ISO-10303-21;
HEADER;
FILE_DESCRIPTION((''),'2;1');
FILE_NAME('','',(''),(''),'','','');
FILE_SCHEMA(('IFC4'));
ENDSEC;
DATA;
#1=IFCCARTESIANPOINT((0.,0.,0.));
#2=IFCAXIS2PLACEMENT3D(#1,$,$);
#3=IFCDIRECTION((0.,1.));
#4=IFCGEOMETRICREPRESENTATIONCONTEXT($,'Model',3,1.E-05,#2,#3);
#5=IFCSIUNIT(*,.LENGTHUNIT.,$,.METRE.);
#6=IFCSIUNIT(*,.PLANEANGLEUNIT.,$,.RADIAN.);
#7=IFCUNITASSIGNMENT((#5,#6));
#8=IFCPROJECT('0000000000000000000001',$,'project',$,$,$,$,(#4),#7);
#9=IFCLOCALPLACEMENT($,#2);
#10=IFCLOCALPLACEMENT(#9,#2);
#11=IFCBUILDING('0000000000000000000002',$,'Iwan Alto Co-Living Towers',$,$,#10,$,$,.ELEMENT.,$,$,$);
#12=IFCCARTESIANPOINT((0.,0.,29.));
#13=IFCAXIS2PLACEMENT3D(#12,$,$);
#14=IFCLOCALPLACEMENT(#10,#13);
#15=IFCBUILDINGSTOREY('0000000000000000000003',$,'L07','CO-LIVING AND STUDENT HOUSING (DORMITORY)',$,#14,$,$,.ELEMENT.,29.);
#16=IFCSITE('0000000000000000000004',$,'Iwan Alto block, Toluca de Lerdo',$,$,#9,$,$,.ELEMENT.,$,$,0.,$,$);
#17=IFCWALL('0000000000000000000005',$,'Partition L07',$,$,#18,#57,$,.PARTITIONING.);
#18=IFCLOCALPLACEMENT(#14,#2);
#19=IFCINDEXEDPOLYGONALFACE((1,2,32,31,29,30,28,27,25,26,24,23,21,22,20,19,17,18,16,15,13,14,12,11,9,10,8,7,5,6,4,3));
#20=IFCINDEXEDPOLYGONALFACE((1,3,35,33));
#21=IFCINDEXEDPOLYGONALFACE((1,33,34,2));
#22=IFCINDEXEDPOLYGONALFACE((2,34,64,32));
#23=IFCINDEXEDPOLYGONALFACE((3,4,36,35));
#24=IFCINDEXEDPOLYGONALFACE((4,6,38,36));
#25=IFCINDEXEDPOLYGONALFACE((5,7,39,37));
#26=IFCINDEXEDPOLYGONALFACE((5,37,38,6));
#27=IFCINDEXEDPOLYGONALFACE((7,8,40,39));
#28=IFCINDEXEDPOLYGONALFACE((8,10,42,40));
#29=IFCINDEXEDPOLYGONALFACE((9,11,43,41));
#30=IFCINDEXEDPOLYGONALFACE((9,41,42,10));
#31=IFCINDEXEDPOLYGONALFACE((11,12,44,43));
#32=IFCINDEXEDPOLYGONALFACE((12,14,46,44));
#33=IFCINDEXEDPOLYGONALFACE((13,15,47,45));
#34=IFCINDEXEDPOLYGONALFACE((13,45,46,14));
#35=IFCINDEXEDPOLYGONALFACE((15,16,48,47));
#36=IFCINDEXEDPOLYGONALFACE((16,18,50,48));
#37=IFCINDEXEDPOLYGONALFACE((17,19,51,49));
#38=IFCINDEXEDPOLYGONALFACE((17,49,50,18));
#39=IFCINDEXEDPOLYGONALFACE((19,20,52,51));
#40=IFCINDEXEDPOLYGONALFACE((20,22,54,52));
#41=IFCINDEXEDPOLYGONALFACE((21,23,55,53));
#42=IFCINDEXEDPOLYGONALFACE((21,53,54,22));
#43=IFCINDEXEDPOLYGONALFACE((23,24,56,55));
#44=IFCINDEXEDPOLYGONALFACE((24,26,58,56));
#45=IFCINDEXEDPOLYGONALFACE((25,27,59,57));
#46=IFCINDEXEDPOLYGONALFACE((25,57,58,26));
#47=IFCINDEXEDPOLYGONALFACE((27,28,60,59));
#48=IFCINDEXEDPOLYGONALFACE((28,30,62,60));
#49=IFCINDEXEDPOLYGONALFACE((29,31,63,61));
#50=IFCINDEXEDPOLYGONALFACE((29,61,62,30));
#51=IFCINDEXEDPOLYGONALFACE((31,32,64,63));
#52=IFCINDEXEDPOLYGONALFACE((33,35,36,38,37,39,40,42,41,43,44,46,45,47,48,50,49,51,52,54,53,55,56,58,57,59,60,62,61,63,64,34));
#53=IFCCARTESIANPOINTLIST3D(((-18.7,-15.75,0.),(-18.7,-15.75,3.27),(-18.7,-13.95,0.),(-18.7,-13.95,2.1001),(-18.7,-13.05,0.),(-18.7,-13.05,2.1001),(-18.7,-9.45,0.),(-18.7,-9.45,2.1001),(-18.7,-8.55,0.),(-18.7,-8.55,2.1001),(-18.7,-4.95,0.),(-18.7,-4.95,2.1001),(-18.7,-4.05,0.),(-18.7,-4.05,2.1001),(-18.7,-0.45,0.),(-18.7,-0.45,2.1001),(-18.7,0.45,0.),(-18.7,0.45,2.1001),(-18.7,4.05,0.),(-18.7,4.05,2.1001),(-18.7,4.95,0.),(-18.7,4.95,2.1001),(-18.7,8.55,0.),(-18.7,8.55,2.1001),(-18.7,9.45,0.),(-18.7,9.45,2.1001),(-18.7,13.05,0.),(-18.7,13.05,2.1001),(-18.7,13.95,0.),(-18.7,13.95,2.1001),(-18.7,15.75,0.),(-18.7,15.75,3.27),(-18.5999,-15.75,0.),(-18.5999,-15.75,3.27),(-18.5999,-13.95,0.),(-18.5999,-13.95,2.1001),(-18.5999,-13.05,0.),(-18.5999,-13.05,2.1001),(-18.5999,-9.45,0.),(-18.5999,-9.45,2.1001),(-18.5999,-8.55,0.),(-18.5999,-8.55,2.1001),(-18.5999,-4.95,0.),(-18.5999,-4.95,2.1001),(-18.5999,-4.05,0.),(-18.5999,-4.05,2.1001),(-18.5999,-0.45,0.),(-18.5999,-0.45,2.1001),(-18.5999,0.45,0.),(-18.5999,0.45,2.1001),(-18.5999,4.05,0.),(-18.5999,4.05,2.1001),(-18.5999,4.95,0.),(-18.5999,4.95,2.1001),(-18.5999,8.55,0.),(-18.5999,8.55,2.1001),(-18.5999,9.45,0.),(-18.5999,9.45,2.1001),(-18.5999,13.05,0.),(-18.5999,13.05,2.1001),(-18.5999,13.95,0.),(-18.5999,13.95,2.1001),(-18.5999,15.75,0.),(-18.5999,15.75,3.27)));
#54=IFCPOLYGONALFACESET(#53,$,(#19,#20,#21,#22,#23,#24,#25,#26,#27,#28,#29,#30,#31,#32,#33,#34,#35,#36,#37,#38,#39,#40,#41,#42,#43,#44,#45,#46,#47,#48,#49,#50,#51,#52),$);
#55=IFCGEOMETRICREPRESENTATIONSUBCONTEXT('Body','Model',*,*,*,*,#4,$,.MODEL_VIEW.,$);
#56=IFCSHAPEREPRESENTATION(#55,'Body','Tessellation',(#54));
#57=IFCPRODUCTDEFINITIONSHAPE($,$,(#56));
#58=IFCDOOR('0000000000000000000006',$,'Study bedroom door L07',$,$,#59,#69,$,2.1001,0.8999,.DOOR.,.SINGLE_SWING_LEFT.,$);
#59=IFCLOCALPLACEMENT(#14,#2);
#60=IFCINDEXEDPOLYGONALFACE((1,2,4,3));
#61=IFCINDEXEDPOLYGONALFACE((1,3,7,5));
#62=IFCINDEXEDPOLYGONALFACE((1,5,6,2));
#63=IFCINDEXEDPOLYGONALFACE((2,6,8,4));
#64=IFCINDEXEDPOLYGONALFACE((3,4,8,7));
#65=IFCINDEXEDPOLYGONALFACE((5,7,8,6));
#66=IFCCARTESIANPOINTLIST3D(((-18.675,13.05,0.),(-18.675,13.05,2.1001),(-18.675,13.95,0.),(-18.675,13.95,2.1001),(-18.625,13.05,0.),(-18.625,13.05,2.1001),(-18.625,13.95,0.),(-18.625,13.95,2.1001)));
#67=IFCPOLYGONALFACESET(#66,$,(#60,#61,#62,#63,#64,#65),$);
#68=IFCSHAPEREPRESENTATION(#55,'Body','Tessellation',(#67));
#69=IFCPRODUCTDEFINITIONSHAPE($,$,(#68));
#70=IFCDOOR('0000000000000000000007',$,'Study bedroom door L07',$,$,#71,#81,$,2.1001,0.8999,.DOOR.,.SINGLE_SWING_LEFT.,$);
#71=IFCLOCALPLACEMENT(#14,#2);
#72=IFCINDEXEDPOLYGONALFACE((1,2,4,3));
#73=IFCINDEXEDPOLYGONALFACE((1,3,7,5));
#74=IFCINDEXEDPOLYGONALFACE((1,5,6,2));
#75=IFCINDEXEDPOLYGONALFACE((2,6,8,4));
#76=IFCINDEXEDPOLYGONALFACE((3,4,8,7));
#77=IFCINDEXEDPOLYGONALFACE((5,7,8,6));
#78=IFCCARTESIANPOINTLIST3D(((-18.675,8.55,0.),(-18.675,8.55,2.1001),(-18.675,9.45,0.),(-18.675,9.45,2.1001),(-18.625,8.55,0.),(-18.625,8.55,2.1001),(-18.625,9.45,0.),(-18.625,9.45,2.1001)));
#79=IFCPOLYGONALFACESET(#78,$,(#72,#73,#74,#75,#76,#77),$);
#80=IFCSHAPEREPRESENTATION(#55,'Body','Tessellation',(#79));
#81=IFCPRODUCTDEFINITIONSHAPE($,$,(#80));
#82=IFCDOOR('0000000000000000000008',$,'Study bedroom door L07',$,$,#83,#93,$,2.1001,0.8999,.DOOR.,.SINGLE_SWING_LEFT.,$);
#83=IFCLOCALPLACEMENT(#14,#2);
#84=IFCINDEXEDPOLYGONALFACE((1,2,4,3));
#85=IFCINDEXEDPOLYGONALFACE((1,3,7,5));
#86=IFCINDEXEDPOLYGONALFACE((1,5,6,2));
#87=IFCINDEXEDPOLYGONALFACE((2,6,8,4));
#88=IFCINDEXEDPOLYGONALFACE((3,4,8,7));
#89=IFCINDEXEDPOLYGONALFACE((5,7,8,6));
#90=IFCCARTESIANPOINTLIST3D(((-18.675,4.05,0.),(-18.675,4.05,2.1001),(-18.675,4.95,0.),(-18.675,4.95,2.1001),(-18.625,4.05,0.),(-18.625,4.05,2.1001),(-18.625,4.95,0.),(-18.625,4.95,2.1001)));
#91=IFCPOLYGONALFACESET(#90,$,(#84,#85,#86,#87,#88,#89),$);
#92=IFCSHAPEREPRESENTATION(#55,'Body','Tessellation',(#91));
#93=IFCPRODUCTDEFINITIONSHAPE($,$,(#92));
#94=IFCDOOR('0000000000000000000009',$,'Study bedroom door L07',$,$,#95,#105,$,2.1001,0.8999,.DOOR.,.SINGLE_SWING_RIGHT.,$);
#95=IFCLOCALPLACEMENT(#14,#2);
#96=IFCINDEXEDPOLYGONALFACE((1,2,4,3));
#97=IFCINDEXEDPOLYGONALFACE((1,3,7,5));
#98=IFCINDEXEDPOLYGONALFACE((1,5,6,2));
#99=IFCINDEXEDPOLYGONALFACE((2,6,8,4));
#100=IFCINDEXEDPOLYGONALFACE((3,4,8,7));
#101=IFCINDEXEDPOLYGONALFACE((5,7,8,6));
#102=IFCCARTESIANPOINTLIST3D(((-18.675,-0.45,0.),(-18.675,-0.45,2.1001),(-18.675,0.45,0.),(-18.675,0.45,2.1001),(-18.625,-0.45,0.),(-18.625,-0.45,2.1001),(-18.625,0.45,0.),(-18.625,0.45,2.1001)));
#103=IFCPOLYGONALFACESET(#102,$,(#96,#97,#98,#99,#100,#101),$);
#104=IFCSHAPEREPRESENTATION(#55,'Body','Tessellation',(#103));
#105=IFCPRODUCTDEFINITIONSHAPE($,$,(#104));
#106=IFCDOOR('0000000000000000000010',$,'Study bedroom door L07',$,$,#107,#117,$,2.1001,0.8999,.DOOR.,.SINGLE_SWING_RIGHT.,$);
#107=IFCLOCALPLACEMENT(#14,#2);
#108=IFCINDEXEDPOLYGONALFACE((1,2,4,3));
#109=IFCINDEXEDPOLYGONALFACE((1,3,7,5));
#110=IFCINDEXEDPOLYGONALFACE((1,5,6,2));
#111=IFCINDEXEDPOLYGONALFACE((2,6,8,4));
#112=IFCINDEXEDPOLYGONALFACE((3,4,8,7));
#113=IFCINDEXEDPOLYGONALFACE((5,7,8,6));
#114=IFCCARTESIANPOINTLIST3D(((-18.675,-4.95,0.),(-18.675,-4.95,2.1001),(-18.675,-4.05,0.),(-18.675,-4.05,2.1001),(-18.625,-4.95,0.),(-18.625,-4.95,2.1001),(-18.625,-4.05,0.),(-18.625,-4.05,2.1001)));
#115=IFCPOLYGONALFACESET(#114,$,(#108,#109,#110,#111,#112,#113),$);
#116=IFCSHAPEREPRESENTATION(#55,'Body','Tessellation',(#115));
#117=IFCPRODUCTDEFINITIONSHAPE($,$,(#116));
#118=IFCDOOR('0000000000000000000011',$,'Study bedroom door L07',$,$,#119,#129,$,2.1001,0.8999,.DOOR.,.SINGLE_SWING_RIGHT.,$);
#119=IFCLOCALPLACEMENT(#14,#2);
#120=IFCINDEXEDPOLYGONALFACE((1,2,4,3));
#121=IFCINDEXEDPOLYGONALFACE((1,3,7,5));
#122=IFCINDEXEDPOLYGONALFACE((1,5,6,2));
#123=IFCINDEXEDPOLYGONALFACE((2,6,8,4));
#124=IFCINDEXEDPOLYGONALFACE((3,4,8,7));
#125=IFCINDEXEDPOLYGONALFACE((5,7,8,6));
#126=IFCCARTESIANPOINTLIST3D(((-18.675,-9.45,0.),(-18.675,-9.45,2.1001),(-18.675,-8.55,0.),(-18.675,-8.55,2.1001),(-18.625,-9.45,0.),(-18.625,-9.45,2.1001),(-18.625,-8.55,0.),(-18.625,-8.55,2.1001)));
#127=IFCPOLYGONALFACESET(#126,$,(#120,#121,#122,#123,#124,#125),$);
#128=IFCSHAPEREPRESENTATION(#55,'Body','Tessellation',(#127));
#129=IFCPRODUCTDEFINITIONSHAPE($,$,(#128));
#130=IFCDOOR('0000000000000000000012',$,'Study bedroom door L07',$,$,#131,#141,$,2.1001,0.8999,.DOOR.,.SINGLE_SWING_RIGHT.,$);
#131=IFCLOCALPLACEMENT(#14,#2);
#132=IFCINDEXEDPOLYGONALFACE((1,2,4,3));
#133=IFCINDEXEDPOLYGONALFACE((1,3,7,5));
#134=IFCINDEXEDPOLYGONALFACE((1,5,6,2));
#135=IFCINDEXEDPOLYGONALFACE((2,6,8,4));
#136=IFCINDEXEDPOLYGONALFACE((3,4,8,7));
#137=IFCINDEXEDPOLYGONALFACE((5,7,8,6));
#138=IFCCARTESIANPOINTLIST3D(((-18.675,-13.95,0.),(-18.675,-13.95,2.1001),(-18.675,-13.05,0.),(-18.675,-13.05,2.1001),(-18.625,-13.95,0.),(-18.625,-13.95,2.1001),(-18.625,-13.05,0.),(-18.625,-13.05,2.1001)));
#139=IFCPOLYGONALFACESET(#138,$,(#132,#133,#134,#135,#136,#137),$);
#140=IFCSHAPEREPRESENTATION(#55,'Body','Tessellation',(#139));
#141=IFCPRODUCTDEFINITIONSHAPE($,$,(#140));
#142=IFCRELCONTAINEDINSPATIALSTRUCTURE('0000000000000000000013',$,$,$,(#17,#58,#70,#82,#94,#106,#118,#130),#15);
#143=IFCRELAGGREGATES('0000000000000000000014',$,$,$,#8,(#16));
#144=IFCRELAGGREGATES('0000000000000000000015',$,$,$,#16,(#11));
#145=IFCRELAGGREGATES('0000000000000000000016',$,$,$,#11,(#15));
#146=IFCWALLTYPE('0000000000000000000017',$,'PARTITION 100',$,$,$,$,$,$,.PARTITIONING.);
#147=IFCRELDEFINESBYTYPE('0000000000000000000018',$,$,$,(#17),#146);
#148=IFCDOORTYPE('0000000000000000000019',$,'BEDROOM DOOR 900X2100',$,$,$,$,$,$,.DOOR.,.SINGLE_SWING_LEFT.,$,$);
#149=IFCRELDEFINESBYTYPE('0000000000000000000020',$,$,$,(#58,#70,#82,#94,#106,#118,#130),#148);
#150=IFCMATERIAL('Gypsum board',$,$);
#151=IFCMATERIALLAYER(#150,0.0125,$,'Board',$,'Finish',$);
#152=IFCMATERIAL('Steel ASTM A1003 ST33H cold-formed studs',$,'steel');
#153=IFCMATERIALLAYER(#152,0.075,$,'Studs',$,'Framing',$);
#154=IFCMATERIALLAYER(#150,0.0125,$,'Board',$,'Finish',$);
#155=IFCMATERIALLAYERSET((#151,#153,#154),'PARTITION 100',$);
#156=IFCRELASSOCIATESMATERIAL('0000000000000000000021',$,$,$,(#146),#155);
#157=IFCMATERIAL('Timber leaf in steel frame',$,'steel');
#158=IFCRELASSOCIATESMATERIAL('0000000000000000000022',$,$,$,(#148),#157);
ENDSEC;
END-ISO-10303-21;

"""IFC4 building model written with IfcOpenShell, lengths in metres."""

from ifc_helpers import new_model, si_unit, direction, frame, frame_2d, origin, place, context, subcontext, project, spatial, rectangle, extrude, material, layer, layer_set, type_object, element, fill, save


model = new_model("IFC4")

# Units and contexts
model_context = context("Model", 3, precision=1e-05, world=origin(), true_north=direction((0.0, 1.0)))
body_context = subcontext(model_context, "Body", "Model", "MODEL_VIEW")
ifc_project = project(units=[si_unit("LENGTHUNIT", "METRE"), si_unit("PLANEANGLEUNIT", "RADIAN")], contexts=[model_context])

# Site, building, storey
site_placement = place(None, origin())
site = spatial("IfcSite", under=ifc_project, at=site_placement, Name="Iwan Alto block, Toluca de Lerdo", CompositionType="ELEMENT", RefElevation=0.0)
building_placement = place(site_placement, origin())
building = spatial("IfcBuilding", under=site, at=building_placement, Name="Iwan Alto Co-Living Towers", CompositionType="ELEMENT")
storey_placement = place(building_placement, frame((0.0, 0.0, 29.0)))
storey = spatial("IfcBuildingStorey", under=building, at=storey_placement, Name="L07", Description="CO-LIVING AND STUDENT HOUSING (DORMITORY)", CompositionType="ELEMENT", Elevation=29.0)

# Shared definitions
ifc_material_1 = material(Name="Gypsum board")
ifc_layer_1 = layer(ifc_material_1, 0.0125, Name="Board", Category="Finish")
ifc_material_2 = material(Name="Steel ASTM A1003 ST33H cold-formed studs", Category="steel")
ifc_layer_2 = layer(ifc_material_2, 0.075, Name="Studs", Category="Framing")
ifc_layer_3 = layer(ifc_material_1, 0.0125, Name="Board", Category="Finish")
ifc_layer_set = layer_set([ifc_layer_1, ifc_layer_2, ifc_layer_3], Name="PARTITION 100")
wall_type = type_object("IfcWallType", Name="PARTITION 100", PredefinedType="PARTITIONING", material=ifc_layer_set)
ifc_material_3 = material(Name="Timber leaf in steel frame", Category="steel")
door_type_1 = type_object("IfcDoorType", Name="BEDROOM DOOR 900X2100", OperationType="SINGLE_SWING_LEFT", PredefinedType="DOOR", material=ifc_material_3)

# Wall, openings, doors
wall_1_placement = place(storey_placement, frame((-18.6499, -15.75, 0.0), z_axis=(0.0, 0.0, 1.0), x_axis=(0.0, 1.0, 0.0)))
wall_1 = element("IfcWall", 1, at=wall_1_placement, inside=storey, type_object=wall_type, Name="Partition L07", PredefinedType="PARTITIONING", context=body_context, shape_type="SweptSolid", body=[
    extrude(rectangle(XDim=31.5, YDim=0.1001, at=frame_2d((15.75, 0.0))), origin(), (0.0, 0.0, 1.0), 3.27),
])
opening_1_placement = place(wall_1_placement, frame((28.8, 0.0, 0.0)))
opening_1 = element("IfcOpeningElement", 2, at=opening_1_placement, cuts=wall_1, PredefinedType="OPENING", context=body_context, shape_type="SweptSolid", body=[
    extrude(rectangle(XDim=0.8999, YDim=2.1001, at=frame_2d((0.45, 1.05))), frame((0.0, 0.0601, 0.0), z_axis=(0.0, -1.0, 0.0), x_axis=(1.0, 0.0, 0.0)), (0.0, 0.0, 1.0), 0.1201),
])
opening_2_placement = place(wall_1_placement, frame((24.3, 0.0, 0.0)))
opening_2 = element("IfcOpeningElement", 3, at=opening_2_placement, cuts=wall_1, PredefinedType="OPENING", context=body_context, shape_type="SweptSolid", body=[
    extrude(rectangle(XDim=0.8999, YDim=2.1001, at=frame_2d((0.45, 1.05))), frame((0.0, 0.0601, 0.0), z_axis=(0.0, -1.0, 0.0), x_axis=(1.0, 0.0, 0.0)), (0.0, 0.0, 1.0), 0.1201),
])
opening_3_placement = place(wall_1_placement, frame((19.8, 0.0, 0.0)))
opening_3 = element("IfcOpeningElement", 4, at=opening_3_placement, cuts=wall_1, PredefinedType="OPENING", context=body_context, shape_type="SweptSolid", body=[
    extrude(rectangle(XDim=0.8999, YDim=2.1001, at=frame_2d((0.45, 1.05))), frame((0.0, 0.0601, 0.0), z_axis=(0.0, -1.0, 0.0), x_axis=(1.0, 0.0, 0.0)), (0.0, 0.0, 1.0), 0.1201),
])
opening_4_placement = place(wall_1_placement, frame((15.3, 0.0, 0.0)))
opening_4 = element("IfcOpeningElement", 5, at=opening_4_placement, cuts=wall_1, PredefinedType="OPENING", context=body_context, shape_type="SweptSolid", body=[
    extrude(rectangle(XDim=0.8999, YDim=2.1001, at=frame_2d((0.45, 1.05))), frame((0.0, 0.0601, 0.0), z_axis=(0.0, -1.0, 0.0), x_axis=(1.0, 0.0, 0.0)), (0.0, 0.0, 1.0), 0.1201),
])
opening_5_placement = place(wall_1_placement, frame((10.8, 0.0, 0.0)))
opening_5 = element("IfcOpeningElement", 6, at=opening_5_placement, cuts=wall_1, PredefinedType="OPENING", context=body_context, shape_type="SweptSolid", body=[
    extrude(rectangle(XDim=0.8999, YDim=2.1001, at=frame_2d((0.45, 1.05))), frame((0.0, 0.0601, 0.0), z_axis=(0.0, -1.0, 0.0), x_axis=(1.0, 0.0, 0.0)), (0.0, 0.0, 1.0), 0.1201),
])
opening_6_placement = place(wall_1_placement, frame((6.3, 0.0, 0.0)))
opening_6 = element("IfcOpeningElement", 7, at=opening_6_placement, cuts=wall_1, PredefinedType="OPENING", context=body_context, shape_type="SweptSolid", body=[
    extrude(rectangle(XDim=0.8999, YDim=2.1001, at=frame_2d((0.45, 1.05))), frame((0.0, 0.0601, 0.0), z_axis=(0.0, -1.0, 0.0), x_axis=(1.0, 0.0, 0.0)), (0.0, 0.0, 1.0), 0.1201),
])
opening_7_placement = place(wall_1_placement, frame((1.8, 0.0, 0.0)))
opening_7 = element("IfcOpeningElement", 8, at=opening_7_placement, cuts=wall_1, PredefinedType="OPENING", context=body_context, shape_type="SweptSolid", body=[
    extrude(rectangle(XDim=0.8999, YDim=2.1001, at=frame_2d((0.45, 1.05))), frame((0.0, 0.0601, 0.0), z_axis=(0.0, -1.0, 0.0), x_axis=(1.0, 0.0, 0.0)), (0.0, 0.0, 1.0), 0.1201),
])
door_1_placement = place(opening_1_placement, frame((0.8999, 0.0, 0.0), z_axis=(0.0, 0.0, 1.0), x_axis=(-1.0, 0.0, 0.0)))
door_1 = element("IfcDoor", 9, at=door_1_placement, inside=storey, type_object=door_type_1, Name="Study bedroom door L07", OperationType="SINGLE_SWING_LEFT", OverallHeight=2.1001, OverallWidth=0.8999, PredefinedType="DOOR", context=body_context, shape_type="SweptSolid", body=[
    extrude(rectangle(XDim=0.8999, YDim=2.1001, at=frame_2d((0.45, 1.05))), frame((0.0, 0.0249, 0.0), z_axis=(0.0, -1.0, 0.0), x_axis=(1.0, 0.0, 0.0)), (0.0, 0.0, 1.0), 0.05),
])
fill(opening_1, door_1)
door_2_placement = place(opening_2_placement, frame((0.8999, 0.0, 0.0), z_axis=(0.0, 0.0, 1.0), x_axis=(-1.0, 0.0, 0.0)))
door_2 = element("IfcDoor", 10, at=door_2_placement, inside=storey, type_object=door_type_1, Name="Study bedroom door L07", OperationType="SINGLE_SWING_LEFT", OverallHeight=2.1001, OverallWidth=0.8999, PredefinedType="DOOR", context=body_context, shape_type="SweptSolid", body=[
    extrude(rectangle(XDim=0.8999, YDim=2.1001, at=frame_2d((0.45, 1.05))), frame((0.0, 0.0249, 0.0), z_axis=(0.0, -1.0, 0.0), x_axis=(1.0, 0.0, 0.0)), (0.0, 0.0, 1.0), 0.05),
])
fill(opening_2, door_2)
door_3_placement = place(opening_3_placement, frame((0.8999, 0.0, 0.0), z_axis=(0.0, 0.0, 1.0), x_axis=(-1.0, 0.0, 0.0)))
door_3 = element("IfcDoor", 11, at=door_3_placement, inside=storey, type_object=door_type_1, Name="Study bedroom door L07", OperationType="SINGLE_SWING_LEFT", OverallHeight=2.1001, OverallWidth=0.8999, PredefinedType="DOOR", context=body_context, shape_type="SweptSolid", body=[
    extrude(rectangle(XDim=0.8999, YDim=2.1001, at=frame_2d((0.45, 1.05))), frame((0.0, 0.0249, 0.0), z_axis=(0.0, -1.0, 0.0), x_axis=(1.0, 0.0, 0.0)), (0.0, 0.0, 1.0), 0.05),
])
fill(opening_3, door_3)
door_4_placement = place(opening_4_placement, frame((0.8999, 0.0, 0.0), z_axis=(0.0, 0.0, 1.0), x_axis=(-1.0, 0.0, 0.0)))
door_4 = element("IfcDoor", 12, at=door_4_placement, inside=storey, type_object=door_type_1, Name="Study bedroom door L07", OperationType="SINGLE_SWING_RIGHT", OverallHeight=2.1001, OverallWidth=0.8999, PredefinedType="DOOR", context=body_context, shape_type="SweptSolid", body=[
    extrude(rectangle(XDim=0.8999, YDim=2.1001, at=frame_2d((0.45, 1.05))), frame((0.0, 0.0249, 0.0), z_axis=(0.0, -1.0, 0.0), x_axis=(1.0, 0.0, 0.0)), (0.0, 0.0, 1.0), 0.05),
])
fill(opening_4, door_4)
door_5_placement = place(opening_5_placement, frame((0.8999, 0.0, 0.0), z_axis=(0.0, 0.0, 1.0), x_axis=(-1.0, 0.0, 0.0)))
door_5 = element("IfcDoor", 13, at=door_5_placement, inside=storey, type_object=door_type_1, Name="Study bedroom door L07", OperationType="SINGLE_SWING_RIGHT", OverallHeight=2.1001, OverallWidth=0.8999, PredefinedType="DOOR", context=body_context, shape_type="SweptSolid", body=[
    extrude(rectangle(XDim=0.8999, YDim=2.1001, at=frame_2d((0.45, 1.05))), frame((0.0, 0.0249, 0.0), z_axis=(0.0, -1.0, 0.0), x_axis=(1.0, 0.0, 0.0)), (0.0, 0.0, 1.0), 0.05),
])
fill(opening_5, door_5)
door_6_placement = place(opening_6_placement, frame((0.8999, 0.0, 0.0), z_axis=(0.0, 0.0, 1.0), x_axis=(-1.0, 0.0, 0.0)))
door_6 = element("IfcDoor", 14, at=door_6_placement, inside=storey, type_object=door_type_1, Name="Study bedroom door L07", OperationType="SINGLE_SWING_RIGHT", OverallHeight=2.1001, OverallWidth=0.8999, PredefinedType="DOOR", context=body_context, shape_type="SweptSolid", body=[
    extrude(rectangle(XDim=0.8999, YDim=2.1001, at=frame_2d((0.45, 1.05))), frame((0.0, 0.0249, 0.0), z_axis=(0.0, -1.0, 0.0), x_axis=(1.0, 0.0, 0.0)), (0.0, 0.0, 1.0), 0.05),
])
fill(opening_6, door_6)
door_7_placement = place(opening_7_placement, frame((0.8999, 0.0, 0.0), z_axis=(0.0, 0.0, 1.0), x_axis=(-1.0, 0.0, 0.0)))
door_7 = element("IfcDoor", 15, at=door_7_placement, inside=storey, type_object=door_type_1, Name="Study bedroom door L07", OperationType="SINGLE_SWING_RIGHT", OverallHeight=2.1001, OverallWidth=0.8999, PredefinedType="DOOR", context=body_context, shape_type="SweptSolid", body=[
    extrude(rectangle(XDim=0.8999, YDim=2.1001, at=frame_2d((0.45, 1.05))), frame((0.0, 0.0249, 0.0), z_axis=(0.0, -1.0, 0.0), x_axis=(1.0, 0.0, 0.0)), (0.0, 0.0, 1.0), 0.05),
])
fill(opening_7, door_7)

save(model, "model.ifc")
